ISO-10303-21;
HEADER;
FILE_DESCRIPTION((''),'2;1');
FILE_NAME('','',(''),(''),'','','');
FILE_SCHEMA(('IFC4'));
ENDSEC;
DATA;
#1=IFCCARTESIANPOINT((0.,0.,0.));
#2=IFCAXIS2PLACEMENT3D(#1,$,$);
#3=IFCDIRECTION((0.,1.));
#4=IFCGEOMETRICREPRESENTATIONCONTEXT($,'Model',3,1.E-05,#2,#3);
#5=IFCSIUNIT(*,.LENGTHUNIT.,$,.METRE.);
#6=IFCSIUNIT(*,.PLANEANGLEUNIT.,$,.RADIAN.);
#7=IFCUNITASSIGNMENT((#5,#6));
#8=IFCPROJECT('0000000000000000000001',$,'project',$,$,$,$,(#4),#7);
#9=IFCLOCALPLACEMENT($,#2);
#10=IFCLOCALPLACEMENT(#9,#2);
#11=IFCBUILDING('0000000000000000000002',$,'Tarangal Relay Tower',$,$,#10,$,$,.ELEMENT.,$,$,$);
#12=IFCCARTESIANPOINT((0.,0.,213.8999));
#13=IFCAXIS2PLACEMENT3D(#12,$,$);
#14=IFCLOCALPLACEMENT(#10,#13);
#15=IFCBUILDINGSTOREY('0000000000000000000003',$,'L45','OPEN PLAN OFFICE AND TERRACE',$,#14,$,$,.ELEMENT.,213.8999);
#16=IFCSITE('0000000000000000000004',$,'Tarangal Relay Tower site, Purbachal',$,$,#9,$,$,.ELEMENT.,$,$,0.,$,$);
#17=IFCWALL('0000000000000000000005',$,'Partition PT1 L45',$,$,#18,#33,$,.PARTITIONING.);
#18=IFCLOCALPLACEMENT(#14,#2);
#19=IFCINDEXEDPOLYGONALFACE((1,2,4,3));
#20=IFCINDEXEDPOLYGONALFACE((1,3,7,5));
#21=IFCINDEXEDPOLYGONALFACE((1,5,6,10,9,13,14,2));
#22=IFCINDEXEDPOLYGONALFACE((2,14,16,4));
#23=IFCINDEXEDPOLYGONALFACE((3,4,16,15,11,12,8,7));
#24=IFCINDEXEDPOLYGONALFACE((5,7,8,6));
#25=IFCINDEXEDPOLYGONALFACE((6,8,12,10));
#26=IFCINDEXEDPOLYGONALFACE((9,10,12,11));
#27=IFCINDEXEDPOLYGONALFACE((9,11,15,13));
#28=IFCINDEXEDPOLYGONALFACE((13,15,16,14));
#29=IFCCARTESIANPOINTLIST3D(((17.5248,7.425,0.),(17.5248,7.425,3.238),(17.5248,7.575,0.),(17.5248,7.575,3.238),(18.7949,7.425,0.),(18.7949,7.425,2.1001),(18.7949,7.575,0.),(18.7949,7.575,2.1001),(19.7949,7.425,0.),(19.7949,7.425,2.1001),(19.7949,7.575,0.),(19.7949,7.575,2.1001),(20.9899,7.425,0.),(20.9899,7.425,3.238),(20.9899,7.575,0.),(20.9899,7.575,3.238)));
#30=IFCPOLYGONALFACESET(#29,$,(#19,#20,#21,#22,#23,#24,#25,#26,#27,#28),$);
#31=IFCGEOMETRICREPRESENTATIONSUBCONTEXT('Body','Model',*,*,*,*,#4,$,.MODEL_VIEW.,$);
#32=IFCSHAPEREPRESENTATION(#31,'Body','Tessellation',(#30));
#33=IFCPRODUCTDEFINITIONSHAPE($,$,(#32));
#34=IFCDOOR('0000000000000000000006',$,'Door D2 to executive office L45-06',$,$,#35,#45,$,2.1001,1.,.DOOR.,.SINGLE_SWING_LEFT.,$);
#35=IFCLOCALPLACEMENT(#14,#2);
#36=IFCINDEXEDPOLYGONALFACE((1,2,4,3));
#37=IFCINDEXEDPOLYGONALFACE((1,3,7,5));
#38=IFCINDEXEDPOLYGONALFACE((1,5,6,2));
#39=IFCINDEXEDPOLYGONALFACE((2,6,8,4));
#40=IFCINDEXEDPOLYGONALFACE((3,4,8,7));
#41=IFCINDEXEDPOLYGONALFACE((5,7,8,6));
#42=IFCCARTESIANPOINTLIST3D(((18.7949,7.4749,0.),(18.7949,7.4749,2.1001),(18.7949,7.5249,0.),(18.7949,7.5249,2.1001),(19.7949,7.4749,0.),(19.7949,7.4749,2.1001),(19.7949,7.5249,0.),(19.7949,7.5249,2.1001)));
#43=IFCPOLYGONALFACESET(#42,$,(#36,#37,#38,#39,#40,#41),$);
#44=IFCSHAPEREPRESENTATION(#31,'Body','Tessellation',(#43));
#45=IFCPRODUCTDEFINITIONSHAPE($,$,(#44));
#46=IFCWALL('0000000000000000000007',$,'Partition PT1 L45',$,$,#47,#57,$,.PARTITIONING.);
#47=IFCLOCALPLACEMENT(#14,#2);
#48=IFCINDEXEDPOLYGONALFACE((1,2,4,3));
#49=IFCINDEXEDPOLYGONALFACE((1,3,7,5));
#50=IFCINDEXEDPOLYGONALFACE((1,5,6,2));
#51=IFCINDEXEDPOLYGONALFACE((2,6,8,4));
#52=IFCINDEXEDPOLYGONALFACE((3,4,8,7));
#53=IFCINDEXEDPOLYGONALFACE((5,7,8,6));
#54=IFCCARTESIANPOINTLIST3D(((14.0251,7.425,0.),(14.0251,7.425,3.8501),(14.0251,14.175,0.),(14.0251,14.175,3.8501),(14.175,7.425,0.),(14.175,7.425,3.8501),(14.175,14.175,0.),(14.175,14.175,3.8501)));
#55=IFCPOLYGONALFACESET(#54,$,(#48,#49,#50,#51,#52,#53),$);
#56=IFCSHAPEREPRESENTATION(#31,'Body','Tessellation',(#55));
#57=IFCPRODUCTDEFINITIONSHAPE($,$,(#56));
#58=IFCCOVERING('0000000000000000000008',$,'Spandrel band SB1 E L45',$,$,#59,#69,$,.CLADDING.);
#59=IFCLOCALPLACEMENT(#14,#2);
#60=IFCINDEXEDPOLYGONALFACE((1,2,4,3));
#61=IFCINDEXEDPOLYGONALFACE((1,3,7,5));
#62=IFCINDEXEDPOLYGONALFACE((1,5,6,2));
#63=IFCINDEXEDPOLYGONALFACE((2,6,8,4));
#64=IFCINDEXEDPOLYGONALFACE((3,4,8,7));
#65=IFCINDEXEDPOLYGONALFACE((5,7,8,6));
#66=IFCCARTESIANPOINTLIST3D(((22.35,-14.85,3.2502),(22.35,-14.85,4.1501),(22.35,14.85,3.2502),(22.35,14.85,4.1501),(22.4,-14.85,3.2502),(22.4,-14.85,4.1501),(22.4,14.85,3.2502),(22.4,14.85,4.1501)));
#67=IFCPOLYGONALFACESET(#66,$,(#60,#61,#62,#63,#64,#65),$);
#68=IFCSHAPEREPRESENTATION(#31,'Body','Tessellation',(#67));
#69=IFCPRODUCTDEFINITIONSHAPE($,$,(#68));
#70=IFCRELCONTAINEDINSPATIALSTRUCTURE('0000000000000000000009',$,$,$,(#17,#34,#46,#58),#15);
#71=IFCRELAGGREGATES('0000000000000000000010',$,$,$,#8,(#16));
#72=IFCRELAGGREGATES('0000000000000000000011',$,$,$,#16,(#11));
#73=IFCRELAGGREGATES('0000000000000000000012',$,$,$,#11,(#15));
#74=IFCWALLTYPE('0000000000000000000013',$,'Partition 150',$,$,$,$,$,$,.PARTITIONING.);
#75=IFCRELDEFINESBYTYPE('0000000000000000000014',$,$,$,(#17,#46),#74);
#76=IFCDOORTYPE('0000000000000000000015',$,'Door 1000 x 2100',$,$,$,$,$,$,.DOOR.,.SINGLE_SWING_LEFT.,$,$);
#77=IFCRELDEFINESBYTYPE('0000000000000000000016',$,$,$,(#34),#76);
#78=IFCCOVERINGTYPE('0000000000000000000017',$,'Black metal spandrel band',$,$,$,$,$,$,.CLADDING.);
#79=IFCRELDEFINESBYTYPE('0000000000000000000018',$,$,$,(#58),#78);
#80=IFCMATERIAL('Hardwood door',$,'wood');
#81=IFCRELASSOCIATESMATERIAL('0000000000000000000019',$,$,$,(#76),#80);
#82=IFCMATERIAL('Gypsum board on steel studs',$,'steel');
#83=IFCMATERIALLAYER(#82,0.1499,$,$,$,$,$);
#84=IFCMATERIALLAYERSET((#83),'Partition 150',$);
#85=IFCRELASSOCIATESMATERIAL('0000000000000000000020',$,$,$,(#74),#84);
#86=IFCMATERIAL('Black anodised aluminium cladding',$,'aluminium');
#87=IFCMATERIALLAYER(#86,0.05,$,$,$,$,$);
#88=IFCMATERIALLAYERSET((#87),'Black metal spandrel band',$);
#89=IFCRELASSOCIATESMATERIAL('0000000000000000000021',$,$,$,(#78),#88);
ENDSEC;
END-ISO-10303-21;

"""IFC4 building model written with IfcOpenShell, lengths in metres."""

from ifc_helpers import new_model, si_unit, direction, frame, frame_2d, origin, origin_2d, place, context, subcontext, project, spatial, rectangle, extrude, material, layer, layer_set, type_object, element, fill, save


model = new_model("IFC4")

# Units and contexts
model_context = context("Model", 3, precision=1e-05, world=origin(), true_north=direction((0.0, 1.0)))
body_context = subcontext(model_context, "Body", "Model", "MODEL_VIEW")
ifc_project = project(units=[si_unit("LENGTHUNIT", "METRE"), si_unit("PLANEANGLEUNIT", "RADIAN")], contexts=[model_context])

# Site, building, storey
site_placement = place(None, origin())
site = spatial("IfcSite", under=ifc_project, at=site_placement, Name="Tarangal Relay Tower site, Purbachal", CompositionType="ELEMENT", RefElevation=0.0)
building_placement = place(site_placement, origin())
building = spatial("IfcBuilding", under=site, at=building_placement, Name="Tarangal Relay Tower", CompositionType="ELEMENT")
storey_placement = place(building_placement, frame((0.0, 0.0, 213.8999)))
storey = spatial("IfcBuildingStorey", under=building, at=storey_placement, Name="L45", Description="OPEN PLAN OFFICE AND TERRACE", CompositionType="ELEMENT", Elevation=213.8999)

# Shared definitions
ifc_material_1 = material(Name="Hardwood door", Category="wood")
door_type = type_object("IfcDoorType", Name="Door 1000 x 2100", OperationType="SINGLE_SWING_LEFT", PredefinedType="DOOR", material=ifc_material_1)

# Wall, opening, door
ifc_material_2 = material(Name="Gypsum board on steel studs", Category="steel")
ifc_layer_1 = layer(ifc_material_2, 0.1499)
ifc_layer_set_1 = layer_set([ifc_layer_1], Name="Partition 150")
wall_type_1 = type_object("IfcWallType", Name="Partition 150", PredefinedType="PARTITIONING", material=ifc_layer_set_1)
wall_1_placement = place(storey_placement, frame((17.5249, 7.5, 0.0), z_axis=(0.0, 0.0, 1.0), x_axis=(1.0, 0.0, 0.0)))
wall_1 = element("IfcWall", 1, at=wall_1_placement, inside=storey, type_object=wall_type_1, Name="Partition PT1 L45", PredefinedType="PARTITIONING", context=body_context, shape_type="SweptSolid", body=[
    extrude(rectangle(XDim=3.4651, YDim=0.1499, at=frame_2d((1.7324, 0.0))), origin(), (0.0, 0.0, 1.0), 3.238),
])
opening_1_placement = place(wall_1_placement, frame((1.27, 0.0, 0.0)))
opening_1 = element("IfcOpeningElement", 2, at=opening_1_placement, cuts=wall_1, PredefinedType="OPENING", context=body_context, shape_type="SweptSolid", body=[
    extrude(rectangle(XDim=1.0, YDim=2.1001, at=frame_2d((0.5, 1.05))), frame((0.0, 0.085, 0.0), z_axis=(0.0, -1.0, 0.0), x_axis=(1.0, 0.0, 0.0)), (0.0, 0.0, 1.0), 0.1699),
])
door_1_placement = place(opening_1_placement, origin())
door_1 = element("IfcDoor", 3, at=door_1_placement, inside=storey, type_object=door_type, Name="Door D2 to executive office L45-06", OperationType="SINGLE_SWING_LEFT", OverallHeight=2.1001, OverallWidth=1.0, PredefinedType="DOOR", context=body_context, shape_type="SweptSolid", body=[
    extrude(rectangle(XDim=1.0, YDim=2.1001, at=frame_2d((0.5, 1.05))), frame((0.0, 0.0249, 0.0), z_axis=(0.0, -1.0, 0.0), x_axis=(1.0, 0.0, 0.0)), (0.0, 0.0, 1.0), 0.05),
])
fill(opening_1, door_1)

# Wall
wall_2_placement = place(storey_placement, frame((14.1001, 7.425, 0.0), z_axis=(0.0, 0.0, 1.0), x_axis=(0.0, 1.0, 0.0)))
element("IfcWall", 4, at=wall_2_placement, inside=storey, type_object=wall_type_1, Name="Partition PT1 L45", PredefinedType="PARTITIONING", context=body_context, shape_type="SweptSolid", body=[
    extrude(rectangle(XDim=6.75, YDim=0.1499, at=frame_2d((3.375, 0.0))), origin(), (0.0, 0.0, 1.0), 3.8501),
])

# Covering
ifc_material_3 = material(Name="Black anodised aluminium cladding", Category="aluminium")
ifc_layer_2 = layer(ifc_material_3, 0.05)
ifc_layer_set_2 = layer_set([ifc_layer_2], Name="Black metal spandrel band")
covering_type = type_object("IfcCoveringType", Name="Black metal spandrel band", PredefinedType="CLADDING", material=ifc_layer_set_2)
covering_placement = place(storey_placement, frame((22.375, 0.0, 3.2502), z_axis=(0.0, 0.0, 1.0), x_axis=(0.0, -1.0, 0.0)))
element("IfcCovering", 5, at=covering_placement, inside=storey, type_object=covering_type, Name="Spandrel band SB1 E L45", PredefinedType="CLADDING", context=body_context, shape_type="SweptSolid", body=[
    extrude(rectangle(XDim=29.7, YDim=0.05, at=origin_2d()), origin(), (0.0, 0.0, 1.0), 0.8999),
])

save(model, "model.ifc")
